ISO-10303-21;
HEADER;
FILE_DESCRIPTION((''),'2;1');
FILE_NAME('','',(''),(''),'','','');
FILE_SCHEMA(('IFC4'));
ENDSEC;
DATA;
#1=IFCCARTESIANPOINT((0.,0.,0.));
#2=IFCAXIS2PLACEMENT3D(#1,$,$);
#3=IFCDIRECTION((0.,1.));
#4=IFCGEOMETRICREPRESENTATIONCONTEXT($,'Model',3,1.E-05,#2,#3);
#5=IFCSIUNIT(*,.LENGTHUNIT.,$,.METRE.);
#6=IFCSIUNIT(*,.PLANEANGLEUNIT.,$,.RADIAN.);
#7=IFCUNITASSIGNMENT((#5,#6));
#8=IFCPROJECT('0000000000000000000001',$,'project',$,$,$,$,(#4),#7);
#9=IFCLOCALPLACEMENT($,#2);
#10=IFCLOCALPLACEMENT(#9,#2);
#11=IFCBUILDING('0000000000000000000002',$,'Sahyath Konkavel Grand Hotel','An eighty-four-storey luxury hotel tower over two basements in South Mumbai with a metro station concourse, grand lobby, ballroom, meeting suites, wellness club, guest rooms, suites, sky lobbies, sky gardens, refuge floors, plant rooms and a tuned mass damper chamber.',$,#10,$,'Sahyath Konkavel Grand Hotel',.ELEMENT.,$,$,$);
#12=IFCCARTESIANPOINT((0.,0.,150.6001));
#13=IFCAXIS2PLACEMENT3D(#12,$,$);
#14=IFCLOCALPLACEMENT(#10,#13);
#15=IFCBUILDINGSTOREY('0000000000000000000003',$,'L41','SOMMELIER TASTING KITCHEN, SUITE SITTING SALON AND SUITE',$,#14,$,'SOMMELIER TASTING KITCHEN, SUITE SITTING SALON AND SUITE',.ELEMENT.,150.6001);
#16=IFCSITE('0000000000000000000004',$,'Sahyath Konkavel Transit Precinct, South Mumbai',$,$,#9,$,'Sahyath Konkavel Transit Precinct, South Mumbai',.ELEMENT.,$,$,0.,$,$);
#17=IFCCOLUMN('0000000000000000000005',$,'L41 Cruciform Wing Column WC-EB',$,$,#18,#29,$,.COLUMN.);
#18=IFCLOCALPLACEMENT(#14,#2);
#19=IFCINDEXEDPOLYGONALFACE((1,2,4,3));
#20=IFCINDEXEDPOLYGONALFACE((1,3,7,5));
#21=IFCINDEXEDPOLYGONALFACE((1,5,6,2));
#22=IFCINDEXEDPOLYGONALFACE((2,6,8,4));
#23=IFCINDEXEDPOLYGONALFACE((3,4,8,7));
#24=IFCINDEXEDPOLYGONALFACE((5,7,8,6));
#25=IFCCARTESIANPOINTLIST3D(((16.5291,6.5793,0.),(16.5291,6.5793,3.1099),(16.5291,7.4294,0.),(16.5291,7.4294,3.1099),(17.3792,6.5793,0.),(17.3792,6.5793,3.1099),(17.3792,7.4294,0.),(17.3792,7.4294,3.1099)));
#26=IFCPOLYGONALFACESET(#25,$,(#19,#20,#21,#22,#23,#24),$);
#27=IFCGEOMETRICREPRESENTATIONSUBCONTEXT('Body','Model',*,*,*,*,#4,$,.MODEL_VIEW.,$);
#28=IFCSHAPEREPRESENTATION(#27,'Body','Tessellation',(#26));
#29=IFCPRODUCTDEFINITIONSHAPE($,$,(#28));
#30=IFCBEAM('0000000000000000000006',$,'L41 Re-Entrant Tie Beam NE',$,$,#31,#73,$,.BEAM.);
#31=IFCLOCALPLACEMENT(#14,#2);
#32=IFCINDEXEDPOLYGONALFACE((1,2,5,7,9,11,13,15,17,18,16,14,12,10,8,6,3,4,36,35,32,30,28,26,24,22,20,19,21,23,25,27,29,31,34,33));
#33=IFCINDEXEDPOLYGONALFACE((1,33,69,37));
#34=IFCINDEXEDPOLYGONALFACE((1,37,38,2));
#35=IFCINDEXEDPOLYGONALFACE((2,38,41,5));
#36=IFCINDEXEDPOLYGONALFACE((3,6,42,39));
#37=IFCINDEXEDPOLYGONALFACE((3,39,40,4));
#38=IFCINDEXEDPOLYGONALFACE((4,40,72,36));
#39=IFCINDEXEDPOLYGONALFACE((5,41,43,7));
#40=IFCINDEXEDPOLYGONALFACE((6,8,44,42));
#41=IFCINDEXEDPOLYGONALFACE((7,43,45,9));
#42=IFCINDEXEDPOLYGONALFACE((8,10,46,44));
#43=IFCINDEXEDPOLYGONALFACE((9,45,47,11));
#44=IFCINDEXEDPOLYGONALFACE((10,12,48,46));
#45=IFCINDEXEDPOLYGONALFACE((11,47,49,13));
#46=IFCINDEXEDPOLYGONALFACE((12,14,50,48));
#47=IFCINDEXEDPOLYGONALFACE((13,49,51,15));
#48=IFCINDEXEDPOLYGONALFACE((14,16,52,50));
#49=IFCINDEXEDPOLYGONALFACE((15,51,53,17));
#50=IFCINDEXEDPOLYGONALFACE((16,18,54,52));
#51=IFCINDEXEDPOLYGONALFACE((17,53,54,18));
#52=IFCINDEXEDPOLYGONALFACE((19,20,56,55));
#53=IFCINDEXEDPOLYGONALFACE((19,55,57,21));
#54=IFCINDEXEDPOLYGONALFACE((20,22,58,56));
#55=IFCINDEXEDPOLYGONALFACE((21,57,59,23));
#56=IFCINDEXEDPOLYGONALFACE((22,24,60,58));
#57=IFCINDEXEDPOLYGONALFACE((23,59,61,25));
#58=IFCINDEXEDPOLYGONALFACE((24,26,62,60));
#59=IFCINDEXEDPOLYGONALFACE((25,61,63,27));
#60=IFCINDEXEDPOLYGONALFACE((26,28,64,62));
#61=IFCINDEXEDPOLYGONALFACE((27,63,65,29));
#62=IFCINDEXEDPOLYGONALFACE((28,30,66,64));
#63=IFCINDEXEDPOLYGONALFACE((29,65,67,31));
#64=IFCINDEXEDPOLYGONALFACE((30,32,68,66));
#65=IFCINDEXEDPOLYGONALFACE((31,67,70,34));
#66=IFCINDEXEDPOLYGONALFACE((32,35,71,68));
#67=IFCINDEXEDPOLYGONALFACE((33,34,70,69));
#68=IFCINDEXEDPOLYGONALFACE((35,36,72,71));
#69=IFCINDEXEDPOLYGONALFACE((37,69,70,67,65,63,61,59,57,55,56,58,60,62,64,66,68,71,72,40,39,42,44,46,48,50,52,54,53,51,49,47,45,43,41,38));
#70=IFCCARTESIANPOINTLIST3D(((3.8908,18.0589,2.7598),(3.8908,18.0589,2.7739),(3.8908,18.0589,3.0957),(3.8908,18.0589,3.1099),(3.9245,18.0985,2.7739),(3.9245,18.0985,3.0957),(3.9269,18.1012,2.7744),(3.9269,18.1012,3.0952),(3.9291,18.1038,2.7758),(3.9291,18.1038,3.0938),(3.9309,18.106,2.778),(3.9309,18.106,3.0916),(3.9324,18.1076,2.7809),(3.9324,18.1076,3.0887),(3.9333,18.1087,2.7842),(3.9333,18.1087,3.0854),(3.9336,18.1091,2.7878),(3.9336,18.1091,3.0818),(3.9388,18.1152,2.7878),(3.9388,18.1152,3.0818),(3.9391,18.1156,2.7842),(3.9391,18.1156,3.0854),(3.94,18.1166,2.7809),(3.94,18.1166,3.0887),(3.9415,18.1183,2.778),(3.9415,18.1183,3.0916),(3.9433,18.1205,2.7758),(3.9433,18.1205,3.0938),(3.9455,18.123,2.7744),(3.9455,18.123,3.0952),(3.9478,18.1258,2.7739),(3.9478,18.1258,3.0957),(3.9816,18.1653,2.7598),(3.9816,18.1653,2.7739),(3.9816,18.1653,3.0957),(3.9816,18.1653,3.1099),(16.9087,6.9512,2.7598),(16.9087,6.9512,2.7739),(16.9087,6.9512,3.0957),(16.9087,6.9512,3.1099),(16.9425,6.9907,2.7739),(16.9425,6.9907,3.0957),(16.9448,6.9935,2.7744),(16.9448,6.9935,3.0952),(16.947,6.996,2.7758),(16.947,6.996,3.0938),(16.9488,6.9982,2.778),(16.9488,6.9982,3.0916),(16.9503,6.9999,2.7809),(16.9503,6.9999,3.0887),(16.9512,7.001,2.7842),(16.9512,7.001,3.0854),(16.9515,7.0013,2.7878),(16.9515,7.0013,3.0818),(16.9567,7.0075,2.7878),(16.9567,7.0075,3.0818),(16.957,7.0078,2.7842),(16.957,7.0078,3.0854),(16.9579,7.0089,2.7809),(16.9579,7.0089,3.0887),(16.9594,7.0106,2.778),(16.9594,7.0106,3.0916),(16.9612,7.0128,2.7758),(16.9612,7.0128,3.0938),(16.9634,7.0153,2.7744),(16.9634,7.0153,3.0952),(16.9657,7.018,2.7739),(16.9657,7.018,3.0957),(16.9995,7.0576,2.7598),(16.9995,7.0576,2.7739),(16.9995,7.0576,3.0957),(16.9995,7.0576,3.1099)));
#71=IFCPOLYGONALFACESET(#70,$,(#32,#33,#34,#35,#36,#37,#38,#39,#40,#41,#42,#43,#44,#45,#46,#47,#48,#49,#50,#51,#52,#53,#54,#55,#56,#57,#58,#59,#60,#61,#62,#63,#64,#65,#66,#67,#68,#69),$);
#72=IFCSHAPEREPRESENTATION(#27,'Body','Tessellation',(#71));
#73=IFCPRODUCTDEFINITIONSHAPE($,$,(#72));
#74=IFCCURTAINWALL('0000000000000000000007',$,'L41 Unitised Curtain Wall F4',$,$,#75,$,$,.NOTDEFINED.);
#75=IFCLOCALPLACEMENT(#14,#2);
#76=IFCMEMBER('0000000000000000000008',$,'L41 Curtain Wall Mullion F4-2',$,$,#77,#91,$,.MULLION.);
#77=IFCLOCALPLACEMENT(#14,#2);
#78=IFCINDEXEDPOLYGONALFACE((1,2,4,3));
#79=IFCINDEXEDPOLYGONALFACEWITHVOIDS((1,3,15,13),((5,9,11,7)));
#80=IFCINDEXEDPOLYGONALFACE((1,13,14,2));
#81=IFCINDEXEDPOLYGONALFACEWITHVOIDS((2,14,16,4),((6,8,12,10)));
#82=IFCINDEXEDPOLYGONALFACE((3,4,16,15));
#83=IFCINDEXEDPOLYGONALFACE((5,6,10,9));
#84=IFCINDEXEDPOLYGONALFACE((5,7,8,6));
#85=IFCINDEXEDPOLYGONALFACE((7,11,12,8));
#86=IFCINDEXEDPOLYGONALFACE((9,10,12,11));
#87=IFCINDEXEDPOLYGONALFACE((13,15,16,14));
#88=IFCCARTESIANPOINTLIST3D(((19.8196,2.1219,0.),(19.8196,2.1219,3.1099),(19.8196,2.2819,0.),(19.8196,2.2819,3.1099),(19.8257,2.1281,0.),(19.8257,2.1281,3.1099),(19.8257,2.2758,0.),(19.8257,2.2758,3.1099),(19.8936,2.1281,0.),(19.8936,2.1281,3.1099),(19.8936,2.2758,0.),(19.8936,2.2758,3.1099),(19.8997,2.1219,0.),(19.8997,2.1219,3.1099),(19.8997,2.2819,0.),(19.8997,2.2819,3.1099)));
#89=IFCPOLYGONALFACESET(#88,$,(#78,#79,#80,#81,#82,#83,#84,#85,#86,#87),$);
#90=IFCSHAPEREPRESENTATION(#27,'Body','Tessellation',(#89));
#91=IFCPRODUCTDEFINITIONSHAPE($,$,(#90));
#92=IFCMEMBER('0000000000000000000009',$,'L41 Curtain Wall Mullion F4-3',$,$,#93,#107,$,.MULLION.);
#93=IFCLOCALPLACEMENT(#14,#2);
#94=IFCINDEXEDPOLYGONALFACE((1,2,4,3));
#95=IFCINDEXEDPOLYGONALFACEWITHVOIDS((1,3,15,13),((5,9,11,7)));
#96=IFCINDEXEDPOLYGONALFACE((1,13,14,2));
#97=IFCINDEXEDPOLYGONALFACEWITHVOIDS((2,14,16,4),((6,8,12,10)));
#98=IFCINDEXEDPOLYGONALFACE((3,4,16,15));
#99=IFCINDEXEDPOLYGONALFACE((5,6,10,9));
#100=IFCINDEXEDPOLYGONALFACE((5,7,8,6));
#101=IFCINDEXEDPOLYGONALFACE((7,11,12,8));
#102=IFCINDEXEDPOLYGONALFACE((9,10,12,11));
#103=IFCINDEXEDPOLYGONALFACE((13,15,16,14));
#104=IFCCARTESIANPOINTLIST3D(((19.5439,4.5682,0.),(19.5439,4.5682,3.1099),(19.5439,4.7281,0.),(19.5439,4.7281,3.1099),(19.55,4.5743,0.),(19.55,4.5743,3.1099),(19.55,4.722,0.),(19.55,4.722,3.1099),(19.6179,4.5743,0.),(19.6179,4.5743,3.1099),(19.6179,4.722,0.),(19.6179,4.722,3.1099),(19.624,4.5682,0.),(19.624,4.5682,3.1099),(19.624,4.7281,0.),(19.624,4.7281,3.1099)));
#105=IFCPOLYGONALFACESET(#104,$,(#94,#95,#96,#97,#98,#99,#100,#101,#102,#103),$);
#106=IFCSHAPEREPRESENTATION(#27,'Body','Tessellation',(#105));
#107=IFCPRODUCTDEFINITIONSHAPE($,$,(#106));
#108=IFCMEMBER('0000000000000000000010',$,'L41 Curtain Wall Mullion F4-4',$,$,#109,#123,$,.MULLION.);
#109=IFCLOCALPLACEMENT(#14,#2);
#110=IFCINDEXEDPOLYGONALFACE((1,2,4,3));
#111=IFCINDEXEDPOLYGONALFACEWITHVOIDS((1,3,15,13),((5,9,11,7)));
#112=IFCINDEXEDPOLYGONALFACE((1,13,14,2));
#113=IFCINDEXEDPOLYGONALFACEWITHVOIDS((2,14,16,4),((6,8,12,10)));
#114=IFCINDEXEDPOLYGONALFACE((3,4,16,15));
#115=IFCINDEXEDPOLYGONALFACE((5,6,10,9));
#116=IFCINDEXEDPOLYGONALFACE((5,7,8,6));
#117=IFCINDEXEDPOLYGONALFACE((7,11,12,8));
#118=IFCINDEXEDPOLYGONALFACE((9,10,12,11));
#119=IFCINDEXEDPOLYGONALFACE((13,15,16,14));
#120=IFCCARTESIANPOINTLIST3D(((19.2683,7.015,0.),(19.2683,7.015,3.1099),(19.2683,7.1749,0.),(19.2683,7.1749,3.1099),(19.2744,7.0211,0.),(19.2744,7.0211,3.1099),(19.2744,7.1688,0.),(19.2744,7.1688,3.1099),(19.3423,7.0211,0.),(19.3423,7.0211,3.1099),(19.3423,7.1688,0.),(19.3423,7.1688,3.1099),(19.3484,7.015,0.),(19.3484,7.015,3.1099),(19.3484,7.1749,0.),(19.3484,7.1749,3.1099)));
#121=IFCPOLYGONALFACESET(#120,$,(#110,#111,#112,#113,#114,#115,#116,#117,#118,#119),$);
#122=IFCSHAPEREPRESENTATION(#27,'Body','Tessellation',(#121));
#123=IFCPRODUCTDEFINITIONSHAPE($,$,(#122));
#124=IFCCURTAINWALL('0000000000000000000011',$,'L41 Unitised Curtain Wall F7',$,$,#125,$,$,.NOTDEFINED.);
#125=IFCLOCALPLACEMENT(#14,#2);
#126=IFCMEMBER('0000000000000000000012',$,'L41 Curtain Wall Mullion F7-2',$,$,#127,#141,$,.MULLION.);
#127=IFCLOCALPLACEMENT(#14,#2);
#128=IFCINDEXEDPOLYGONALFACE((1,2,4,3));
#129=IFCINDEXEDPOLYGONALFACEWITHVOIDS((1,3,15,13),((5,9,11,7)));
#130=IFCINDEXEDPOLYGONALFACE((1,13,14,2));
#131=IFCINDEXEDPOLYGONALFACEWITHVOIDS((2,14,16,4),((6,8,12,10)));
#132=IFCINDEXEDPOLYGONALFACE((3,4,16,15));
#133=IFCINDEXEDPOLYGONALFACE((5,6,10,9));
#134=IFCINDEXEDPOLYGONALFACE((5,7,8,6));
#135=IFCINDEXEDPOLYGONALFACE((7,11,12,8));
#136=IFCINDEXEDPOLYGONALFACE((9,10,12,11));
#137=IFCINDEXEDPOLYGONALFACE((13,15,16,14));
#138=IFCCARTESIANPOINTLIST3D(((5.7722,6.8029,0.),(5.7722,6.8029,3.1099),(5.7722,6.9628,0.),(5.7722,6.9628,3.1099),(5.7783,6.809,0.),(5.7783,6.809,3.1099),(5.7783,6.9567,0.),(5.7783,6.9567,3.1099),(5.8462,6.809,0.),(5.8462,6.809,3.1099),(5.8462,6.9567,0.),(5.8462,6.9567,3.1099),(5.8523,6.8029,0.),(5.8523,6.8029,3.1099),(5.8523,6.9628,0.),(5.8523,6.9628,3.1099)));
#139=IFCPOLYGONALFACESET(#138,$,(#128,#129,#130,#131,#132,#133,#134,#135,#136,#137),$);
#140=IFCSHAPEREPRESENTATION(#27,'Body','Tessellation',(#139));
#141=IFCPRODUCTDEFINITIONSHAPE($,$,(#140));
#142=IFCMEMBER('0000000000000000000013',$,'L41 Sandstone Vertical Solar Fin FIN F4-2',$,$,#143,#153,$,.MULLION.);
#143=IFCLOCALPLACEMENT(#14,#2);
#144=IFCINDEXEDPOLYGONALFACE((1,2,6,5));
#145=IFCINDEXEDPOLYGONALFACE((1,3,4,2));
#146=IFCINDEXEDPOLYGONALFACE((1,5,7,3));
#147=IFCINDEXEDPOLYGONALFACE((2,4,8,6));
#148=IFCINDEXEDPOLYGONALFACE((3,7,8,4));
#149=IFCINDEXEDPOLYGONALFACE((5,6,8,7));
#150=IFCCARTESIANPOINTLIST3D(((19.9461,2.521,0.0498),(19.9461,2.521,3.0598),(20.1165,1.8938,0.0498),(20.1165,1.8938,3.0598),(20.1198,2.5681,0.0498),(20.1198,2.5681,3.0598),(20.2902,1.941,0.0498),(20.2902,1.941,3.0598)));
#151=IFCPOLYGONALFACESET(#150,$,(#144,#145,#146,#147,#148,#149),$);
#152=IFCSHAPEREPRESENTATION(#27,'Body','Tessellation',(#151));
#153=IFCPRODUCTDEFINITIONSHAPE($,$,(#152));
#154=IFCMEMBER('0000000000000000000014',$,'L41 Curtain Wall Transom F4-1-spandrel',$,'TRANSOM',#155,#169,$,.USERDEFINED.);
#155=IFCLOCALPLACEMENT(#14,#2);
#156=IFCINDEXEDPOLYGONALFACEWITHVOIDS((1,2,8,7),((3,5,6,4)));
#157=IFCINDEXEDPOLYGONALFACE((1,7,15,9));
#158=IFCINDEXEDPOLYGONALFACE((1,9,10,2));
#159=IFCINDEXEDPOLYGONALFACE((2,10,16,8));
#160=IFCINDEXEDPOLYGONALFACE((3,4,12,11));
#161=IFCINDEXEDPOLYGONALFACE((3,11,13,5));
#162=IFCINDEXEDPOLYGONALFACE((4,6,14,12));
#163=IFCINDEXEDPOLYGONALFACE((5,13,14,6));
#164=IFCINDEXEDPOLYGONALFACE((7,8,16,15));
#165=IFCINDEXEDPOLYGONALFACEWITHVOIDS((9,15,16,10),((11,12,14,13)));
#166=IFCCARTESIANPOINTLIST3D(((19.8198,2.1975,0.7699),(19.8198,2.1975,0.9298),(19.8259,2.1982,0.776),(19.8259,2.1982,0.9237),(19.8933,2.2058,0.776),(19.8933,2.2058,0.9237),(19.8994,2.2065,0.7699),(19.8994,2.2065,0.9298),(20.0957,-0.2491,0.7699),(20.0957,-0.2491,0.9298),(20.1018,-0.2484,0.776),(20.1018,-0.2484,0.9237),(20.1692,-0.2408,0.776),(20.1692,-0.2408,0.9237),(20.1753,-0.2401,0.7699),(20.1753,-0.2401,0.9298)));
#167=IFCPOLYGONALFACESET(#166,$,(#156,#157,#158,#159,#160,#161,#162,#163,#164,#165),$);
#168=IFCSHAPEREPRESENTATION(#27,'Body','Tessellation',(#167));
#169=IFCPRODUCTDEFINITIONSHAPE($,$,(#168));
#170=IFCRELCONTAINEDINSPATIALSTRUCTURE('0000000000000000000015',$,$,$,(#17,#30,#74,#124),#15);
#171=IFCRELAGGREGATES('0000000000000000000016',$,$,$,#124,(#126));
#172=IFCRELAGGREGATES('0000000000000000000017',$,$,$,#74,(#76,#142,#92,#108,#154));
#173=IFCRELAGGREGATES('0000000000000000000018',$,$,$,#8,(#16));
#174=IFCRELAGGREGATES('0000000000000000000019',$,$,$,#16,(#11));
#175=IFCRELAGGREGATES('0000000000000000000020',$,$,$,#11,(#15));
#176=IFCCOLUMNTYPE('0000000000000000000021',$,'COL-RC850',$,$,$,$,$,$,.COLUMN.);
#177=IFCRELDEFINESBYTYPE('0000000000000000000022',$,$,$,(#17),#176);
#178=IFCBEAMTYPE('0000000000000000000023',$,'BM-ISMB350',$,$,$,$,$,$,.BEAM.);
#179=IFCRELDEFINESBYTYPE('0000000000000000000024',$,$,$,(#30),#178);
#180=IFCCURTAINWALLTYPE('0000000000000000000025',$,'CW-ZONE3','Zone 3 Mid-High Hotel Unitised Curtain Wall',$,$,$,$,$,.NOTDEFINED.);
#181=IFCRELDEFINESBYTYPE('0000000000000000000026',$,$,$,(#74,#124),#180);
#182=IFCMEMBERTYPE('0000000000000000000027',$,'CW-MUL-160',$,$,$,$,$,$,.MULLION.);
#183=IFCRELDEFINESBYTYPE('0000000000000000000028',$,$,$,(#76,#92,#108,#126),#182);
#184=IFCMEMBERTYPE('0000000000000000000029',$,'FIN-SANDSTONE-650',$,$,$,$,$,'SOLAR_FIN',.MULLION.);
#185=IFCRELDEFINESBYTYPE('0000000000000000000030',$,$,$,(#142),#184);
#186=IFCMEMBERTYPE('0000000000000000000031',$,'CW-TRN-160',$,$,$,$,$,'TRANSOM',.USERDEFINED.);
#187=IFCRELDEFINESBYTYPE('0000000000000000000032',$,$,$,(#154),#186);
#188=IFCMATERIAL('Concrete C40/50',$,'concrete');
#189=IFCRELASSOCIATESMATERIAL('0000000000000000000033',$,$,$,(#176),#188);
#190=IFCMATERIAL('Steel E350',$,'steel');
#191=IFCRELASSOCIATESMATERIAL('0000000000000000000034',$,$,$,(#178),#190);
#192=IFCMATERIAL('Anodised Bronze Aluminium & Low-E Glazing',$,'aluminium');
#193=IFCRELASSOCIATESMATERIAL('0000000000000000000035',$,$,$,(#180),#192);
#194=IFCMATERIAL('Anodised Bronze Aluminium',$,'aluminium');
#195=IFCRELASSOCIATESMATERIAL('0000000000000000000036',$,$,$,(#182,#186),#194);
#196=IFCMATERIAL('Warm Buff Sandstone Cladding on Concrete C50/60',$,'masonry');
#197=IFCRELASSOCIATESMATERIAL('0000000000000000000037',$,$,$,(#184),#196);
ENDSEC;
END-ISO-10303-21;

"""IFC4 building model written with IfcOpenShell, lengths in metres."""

from ifc_helpers import new_model, si_unit, direction, frame, origin, origin_2d, place, context, subcontext, project, spatial, rectangle, hollow_rectangle, i_section, extrude, source, transform, mapped, material, material_profile, profile_set, type_object, element, aggregate, save


model = new_model("IFC4")

# Units and contexts
model_context = context("Model", 3, precision=1e-05, world=origin(), true_north=direction((0.0, 1.0)))
body_context = subcontext(model_context, "Body", "Model", "MODEL_VIEW")
ifc_project = project(units=[si_unit("LENGTHUNIT", "METRE"), si_unit("PLANEANGLEUNIT", "RADIAN")], contexts=[model_context])

# Site, building, storey
site_placement = place(None, origin())
site = spatial("IfcSite", under=ifc_project, at=site_placement, Name="Sahyath Konkavel Transit Precinct, South Mumbai", LongName="Sahyath Konkavel Transit Precinct, South Mumbai", CompositionType="ELEMENT", RefElevation=0.0)
building_placement = place(site_placement, origin())
building = spatial("IfcBuilding", under=site, at=building_placement, Name="Sahyath Konkavel Grand Hotel", Description="An eighty-four-storey luxury hotel tower over two basements in South Mumbai with a metro station concourse, grand lobby, ballroom, meeting suites, wellness club, guest rooms, suites, sky lobbies, sky gardens, refuge floors, plant rooms and a tuned mass damper chamber.", LongName="Sahyath Konkavel Grand Hotel", CompositionType="ELEMENT")
storey_placement = place(building_placement, frame((0.0, 0.0, 150.6001)))
storey = spatial("IfcBuildingStorey", under=building, at=storey_placement, Name="L41", Description="SOMMELIER TASTING KITCHEN, SUITE SITTING SALON AND SUITE", LongName="SOMMELIER TASTING KITCHEN, SUITE SITTING SALON AND SUITE", CompositionType="ELEMENT", Elevation=150.6001)

# Column
ifc_material_1 = material(Name="Concrete C40/50", Category="concrete")
ifc_material_profile_1 = material_profile(ifc_material_1, rectangle(XDim=0.8501, YDim=0.8501, at=origin_2d()), Name="RC 850x850")
ifc_profile_set_1 = profile_set([ifc_material_profile_1], Name="Concrete C40/50")
column_type = type_object("IfcColumnType", Name="COL-RC850", PredefinedType="COLUMN", material=ifc_profile_set_1)
shared_shape_1 = source(origin(), body_context, "Body", "SweptSolid", [
    extrude(rectangle(XDim=0.8501, YDim=0.8501, at=origin_2d()), origin(), (0.0, 0.0, 1.0), 3.1099),
])
column_placement = place(storey_placement, frame((16.9541, 7.0044, 0.0), z_axis=(0.0, 0.0, 1.0), x_axis=(1.0, 0.0, 0.0)))
element("IfcColumn", 1, at=column_placement, inside=storey, type_object=column_type, Name="L41 Cruciform Wing Column WC-EB", PredefinedType="COLUMN", context=body_context, shape_type="MappedRepresentation", body=[
    mapped(shared_shape_1, transform((0.0, 0.0, 0.0), scale=1.0)),
])

# Beam
ifc_material_2 = material(Name="Steel E350", Category="steel")
ifc_material_profile_2 = material_profile(ifc_material_2, i_section(OverallWidth=0.1399, OverallDepth=0.3501, WebThickness=0.0081, FlangeThickness=0.0142, FilletRadius=0.0139, at=origin_2d()), Name="ISMB 350")
ifc_profile_set_2 = profile_set([ifc_material_profile_2], Name="Steel E350")
beam_type_1 = type_object("IfcBeamType", Name="BM-ISMB350", PredefinedType="BEAM", material=ifc_profile_set_2)
shared_shape_2 = source(origin(), body_context, "Body", "SweptSolid", [
    extrude(i_section(OverallWidth=0.1399, OverallDepth=0.3501, WebThickness=0.0081, FlangeThickness=0.0142, FilletRadius=0.0139, at=origin_2d()), origin(), (0.0, 0.0, 1.0), 17.1128),
])
beam_1_placement = place(storey_placement, frame((16.9541, 7.0044, 2.9348), z_axis=(-0.760712, 0.64909, 0.0), x_axis=(-0.64909, -0.760712, 0.0)))
element("IfcBeam", 2, at=beam_1_placement, inside=storey, type_object=beam_type_1, Name="L41 Re-Entrant Tie Beam NE", PredefinedType="BEAM", context=body_context, shape_type="MappedRepresentation", body=[
    mapped(shared_shape_2, transform((0.0, 0.0, 0.0), scale=1.0)),
])

# Curtain wall, members
ifc_material_3 = material(Name="Anodised Bronze Aluminium & Low-E Glazing", Category="aluminium")
curtain_wall_type = type_object("IfcCurtainWallType", Name="CW-ZONE3", Description="Zone 3 Mid-High Hotel Unitised Curtain Wall", PredefinedType="NOTDEFINED", material=ifc_material_3)
curtain_wall_1_placement = place(storey_placement, origin())
curtain_wall_1 = element("IfcCurtainWall", 3, at=curtain_wall_1_placement, inside=storey, type_object=curtain_wall_type, Name="L41 Unitised Curtain Wall F4", PredefinedType="NOTDEFINED")
ifc_material_4 = material(Name="Anodised Bronze Aluminium", Category="aluminium")
ifc_material_profile_3 = material_profile(ifc_material_4, hollow_rectangle(XDim=0.0801, YDim=0.1599, WallThickness=0.0061, at=origin_2d()), Name="RHS 160x80x6")
ifc_profile_set_3 = profile_set([ifc_material_profile_3], Name="Anodised Bronze Aluminium")
member_type_1 = type_object("IfcMemberType", Name="CW-MUL-160", PredefinedType="MULLION", material=ifc_profile_set_3)
shared_shape_3 = source(origin(), body_context, "Body", "SweptSolid", [
    extrude(hollow_rectangle(XDim=0.0801, YDim=0.1599, WallThickness=0.0061, at=origin_2d()), origin(), (0.0, 0.0, 1.0), 3.1099),
])
member_1_placement = place(storey_placement, frame((19.8596, 2.2019, 0.0), z_axis=(0.0, 0.0, 1.0), x_axis=(1.0, 0.0, 0.0)))
member_1 = element("IfcMember", 4, at=member_1_placement, type_object=member_type_1, Name="L41 Curtain Wall Mullion F4-2", PredefinedType="MULLION", context=body_context, shape_type="MappedRepresentation", body=[
    mapped(shared_shape_3, transform((0.0, 0.0, 0.0), scale=1.0)),
])
member_2_placement = place(storey_placement, frame((19.584, 4.6482, 0.0), z_axis=(0.0, 0.0, 1.0), x_axis=(1.0, 0.0, 0.0)))
member_2 = element("IfcMember", 5, at=member_2_placement, type_object=member_type_1, Name="L41 Curtain Wall Mullion F4-3", PredefinedType="MULLION", context=body_context, shape_type="MappedRepresentation", body=[
    mapped(shared_shape_3, transform((0.0, 0.0, 0.0), scale=1.0)),
])
member_3_placement = place(storey_placement, frame((19.3083, 7.095, 0.0), z_axis=(0.0, 0.0, 1.0), x_axis=(1.0, 0.0, 0.0)))
member_3 = element("IfcMember", 6, at=member_3_placement, type_object=member_type_1, Name="L41 Curtain Wall Mullion F4-4", PredefinedType="MULLION", context=body_context, shape_type="MappedRepresentation", body=[
    mapped(shared_shape_3, transform((0.0, 0.0, 0.0), scale=1.0)),
])

# Curtain wall, member
curtain_wall_2_placement = place(storey_placement, origin())
curtain_wall_2 = element("IfcCurtainWall", 7, at=curtain_wall_2_placement, inside=storey, type_object=curtain_wall_type, Name="L41 Unitised Curtain Wall F7", PredefinedType="NOTDEFINED")
member_4_placement = place(storey_placement, frame((5.8123, 6.8828, 0.0), z_axis=(0.0, 0.0, 1.0), x_axis=(1.0, 0.0, 0.0)))
member_4 = element("IfcMember", 8, at=member_4_placement, type_object=member_type_1, Name="L41 Curtain Wall Mullion F7-2", PredefinedType="MULLION", context=body_context, shape_type="MappedRepresentation", body=[
    mapped(shared_shape_3, transform((0.0, 0.0, 0.0), scale=1.0)),
])
aggregate(curtain_wall_2, [member_4])

# Members
ifc_material_5 = material(Name="Warm Buff Sandstone Cladding on Concrete C50/60", Category="masonry")
ifc_material_profile_4 = material_profile(ifc_material_5, rectangle(XDim=0.1799, YDim=0.6499, at=origin_2d()), Name="FIN 180x650")
ifc_profile_set_4 = profile_set([ifc_material_profile_4], Name="Warm Buff Sandstone Cladding on Concrete C50/60")
member_type_2 = type_object("IfcMemberType", Name="FIN-SANDSTONE-650", ElementType="SOLAR_FIN", PredefinedType="MULLION", material=ifc_profile_set_4)
shared_shape_4 = source(origin(), body_context, "Body", "SweptSolid", [
    extrude(rectangle(XDim=0.1799, YDim=0.6499, at=origin_2d()), origin(), (0.0, 0.0, 1.0), 3.01),
])
member_5_placement = place(storey_placement, frame((20.1182, 2.231, 0.0498), z_axis=(0.0, 0.0, 1.0), x_axis=(0.965016, 0.262189, 0.0)))
member_5 = element("IfcMember", 9, at=member_5_placement, type_object=member_type_2, Name="L41 Sandstone Vertical Solar Fin FIN F4-2", PredefinedType="MULLION", context=body_context, shape_type="MappedRepresentation", body=[
    mapped(shared_shape_4, transform((0.0, 0.0, 0.0), scale=1.0)),
])
ifc_material_profile_5 = material_profile(ifc_material_4, hollow_rectangle(XDim=0.0801, YDim=0.1599, WallThickness=0.0061, at=origin_2d()), Name="RHS 160x80x6")
ifc_profile_set_5 = profile_set([ifc_material_profile_5], Name="Anodised Bronze Aluminium")
member_type_3 = type_object("IfcMemberType", Name="CW-TRN-160", ElementType="TRANSOM", PredefinedType="USERDEFINED", material=ifc_profile_set_5)
shared_shape_5 = source(origin(), body_context, "Body", "SweptSolid", [
    extrude(hollow_rectangle(XDim=0.0801, YDim=0.1599, WallThickness=0.0061, at=origin_2d()), origin(), (0.0, 0.0, 1.0), 2.4622),
])
member_6_placement = place(storey_placement, frame((20.1355, -0.2446, 0.8499), z_axis=(-0.112053, 0.993702, 0.0), x_axis=(-0.993702, -0.112053, 0.0)))
member_6 = element("IfcMember", 10, at=member_6_placement, type_object=member_type_3, Name="L41 Curtain Wall Transom F4-1-spandrel", ObjectType="TRANSOM", PredefinedType="USERDEFINED", context=body_context, shape_type="MappedRepresentation", body=[
    mapped(shared_shape_5, transform((0.0, 0.0, 0.0), scale=1.0)),
])

aggregate(curtain_wall_1, [member_1, member_5, member_2, member_3, member_6])

save(model, "model.ifc")
